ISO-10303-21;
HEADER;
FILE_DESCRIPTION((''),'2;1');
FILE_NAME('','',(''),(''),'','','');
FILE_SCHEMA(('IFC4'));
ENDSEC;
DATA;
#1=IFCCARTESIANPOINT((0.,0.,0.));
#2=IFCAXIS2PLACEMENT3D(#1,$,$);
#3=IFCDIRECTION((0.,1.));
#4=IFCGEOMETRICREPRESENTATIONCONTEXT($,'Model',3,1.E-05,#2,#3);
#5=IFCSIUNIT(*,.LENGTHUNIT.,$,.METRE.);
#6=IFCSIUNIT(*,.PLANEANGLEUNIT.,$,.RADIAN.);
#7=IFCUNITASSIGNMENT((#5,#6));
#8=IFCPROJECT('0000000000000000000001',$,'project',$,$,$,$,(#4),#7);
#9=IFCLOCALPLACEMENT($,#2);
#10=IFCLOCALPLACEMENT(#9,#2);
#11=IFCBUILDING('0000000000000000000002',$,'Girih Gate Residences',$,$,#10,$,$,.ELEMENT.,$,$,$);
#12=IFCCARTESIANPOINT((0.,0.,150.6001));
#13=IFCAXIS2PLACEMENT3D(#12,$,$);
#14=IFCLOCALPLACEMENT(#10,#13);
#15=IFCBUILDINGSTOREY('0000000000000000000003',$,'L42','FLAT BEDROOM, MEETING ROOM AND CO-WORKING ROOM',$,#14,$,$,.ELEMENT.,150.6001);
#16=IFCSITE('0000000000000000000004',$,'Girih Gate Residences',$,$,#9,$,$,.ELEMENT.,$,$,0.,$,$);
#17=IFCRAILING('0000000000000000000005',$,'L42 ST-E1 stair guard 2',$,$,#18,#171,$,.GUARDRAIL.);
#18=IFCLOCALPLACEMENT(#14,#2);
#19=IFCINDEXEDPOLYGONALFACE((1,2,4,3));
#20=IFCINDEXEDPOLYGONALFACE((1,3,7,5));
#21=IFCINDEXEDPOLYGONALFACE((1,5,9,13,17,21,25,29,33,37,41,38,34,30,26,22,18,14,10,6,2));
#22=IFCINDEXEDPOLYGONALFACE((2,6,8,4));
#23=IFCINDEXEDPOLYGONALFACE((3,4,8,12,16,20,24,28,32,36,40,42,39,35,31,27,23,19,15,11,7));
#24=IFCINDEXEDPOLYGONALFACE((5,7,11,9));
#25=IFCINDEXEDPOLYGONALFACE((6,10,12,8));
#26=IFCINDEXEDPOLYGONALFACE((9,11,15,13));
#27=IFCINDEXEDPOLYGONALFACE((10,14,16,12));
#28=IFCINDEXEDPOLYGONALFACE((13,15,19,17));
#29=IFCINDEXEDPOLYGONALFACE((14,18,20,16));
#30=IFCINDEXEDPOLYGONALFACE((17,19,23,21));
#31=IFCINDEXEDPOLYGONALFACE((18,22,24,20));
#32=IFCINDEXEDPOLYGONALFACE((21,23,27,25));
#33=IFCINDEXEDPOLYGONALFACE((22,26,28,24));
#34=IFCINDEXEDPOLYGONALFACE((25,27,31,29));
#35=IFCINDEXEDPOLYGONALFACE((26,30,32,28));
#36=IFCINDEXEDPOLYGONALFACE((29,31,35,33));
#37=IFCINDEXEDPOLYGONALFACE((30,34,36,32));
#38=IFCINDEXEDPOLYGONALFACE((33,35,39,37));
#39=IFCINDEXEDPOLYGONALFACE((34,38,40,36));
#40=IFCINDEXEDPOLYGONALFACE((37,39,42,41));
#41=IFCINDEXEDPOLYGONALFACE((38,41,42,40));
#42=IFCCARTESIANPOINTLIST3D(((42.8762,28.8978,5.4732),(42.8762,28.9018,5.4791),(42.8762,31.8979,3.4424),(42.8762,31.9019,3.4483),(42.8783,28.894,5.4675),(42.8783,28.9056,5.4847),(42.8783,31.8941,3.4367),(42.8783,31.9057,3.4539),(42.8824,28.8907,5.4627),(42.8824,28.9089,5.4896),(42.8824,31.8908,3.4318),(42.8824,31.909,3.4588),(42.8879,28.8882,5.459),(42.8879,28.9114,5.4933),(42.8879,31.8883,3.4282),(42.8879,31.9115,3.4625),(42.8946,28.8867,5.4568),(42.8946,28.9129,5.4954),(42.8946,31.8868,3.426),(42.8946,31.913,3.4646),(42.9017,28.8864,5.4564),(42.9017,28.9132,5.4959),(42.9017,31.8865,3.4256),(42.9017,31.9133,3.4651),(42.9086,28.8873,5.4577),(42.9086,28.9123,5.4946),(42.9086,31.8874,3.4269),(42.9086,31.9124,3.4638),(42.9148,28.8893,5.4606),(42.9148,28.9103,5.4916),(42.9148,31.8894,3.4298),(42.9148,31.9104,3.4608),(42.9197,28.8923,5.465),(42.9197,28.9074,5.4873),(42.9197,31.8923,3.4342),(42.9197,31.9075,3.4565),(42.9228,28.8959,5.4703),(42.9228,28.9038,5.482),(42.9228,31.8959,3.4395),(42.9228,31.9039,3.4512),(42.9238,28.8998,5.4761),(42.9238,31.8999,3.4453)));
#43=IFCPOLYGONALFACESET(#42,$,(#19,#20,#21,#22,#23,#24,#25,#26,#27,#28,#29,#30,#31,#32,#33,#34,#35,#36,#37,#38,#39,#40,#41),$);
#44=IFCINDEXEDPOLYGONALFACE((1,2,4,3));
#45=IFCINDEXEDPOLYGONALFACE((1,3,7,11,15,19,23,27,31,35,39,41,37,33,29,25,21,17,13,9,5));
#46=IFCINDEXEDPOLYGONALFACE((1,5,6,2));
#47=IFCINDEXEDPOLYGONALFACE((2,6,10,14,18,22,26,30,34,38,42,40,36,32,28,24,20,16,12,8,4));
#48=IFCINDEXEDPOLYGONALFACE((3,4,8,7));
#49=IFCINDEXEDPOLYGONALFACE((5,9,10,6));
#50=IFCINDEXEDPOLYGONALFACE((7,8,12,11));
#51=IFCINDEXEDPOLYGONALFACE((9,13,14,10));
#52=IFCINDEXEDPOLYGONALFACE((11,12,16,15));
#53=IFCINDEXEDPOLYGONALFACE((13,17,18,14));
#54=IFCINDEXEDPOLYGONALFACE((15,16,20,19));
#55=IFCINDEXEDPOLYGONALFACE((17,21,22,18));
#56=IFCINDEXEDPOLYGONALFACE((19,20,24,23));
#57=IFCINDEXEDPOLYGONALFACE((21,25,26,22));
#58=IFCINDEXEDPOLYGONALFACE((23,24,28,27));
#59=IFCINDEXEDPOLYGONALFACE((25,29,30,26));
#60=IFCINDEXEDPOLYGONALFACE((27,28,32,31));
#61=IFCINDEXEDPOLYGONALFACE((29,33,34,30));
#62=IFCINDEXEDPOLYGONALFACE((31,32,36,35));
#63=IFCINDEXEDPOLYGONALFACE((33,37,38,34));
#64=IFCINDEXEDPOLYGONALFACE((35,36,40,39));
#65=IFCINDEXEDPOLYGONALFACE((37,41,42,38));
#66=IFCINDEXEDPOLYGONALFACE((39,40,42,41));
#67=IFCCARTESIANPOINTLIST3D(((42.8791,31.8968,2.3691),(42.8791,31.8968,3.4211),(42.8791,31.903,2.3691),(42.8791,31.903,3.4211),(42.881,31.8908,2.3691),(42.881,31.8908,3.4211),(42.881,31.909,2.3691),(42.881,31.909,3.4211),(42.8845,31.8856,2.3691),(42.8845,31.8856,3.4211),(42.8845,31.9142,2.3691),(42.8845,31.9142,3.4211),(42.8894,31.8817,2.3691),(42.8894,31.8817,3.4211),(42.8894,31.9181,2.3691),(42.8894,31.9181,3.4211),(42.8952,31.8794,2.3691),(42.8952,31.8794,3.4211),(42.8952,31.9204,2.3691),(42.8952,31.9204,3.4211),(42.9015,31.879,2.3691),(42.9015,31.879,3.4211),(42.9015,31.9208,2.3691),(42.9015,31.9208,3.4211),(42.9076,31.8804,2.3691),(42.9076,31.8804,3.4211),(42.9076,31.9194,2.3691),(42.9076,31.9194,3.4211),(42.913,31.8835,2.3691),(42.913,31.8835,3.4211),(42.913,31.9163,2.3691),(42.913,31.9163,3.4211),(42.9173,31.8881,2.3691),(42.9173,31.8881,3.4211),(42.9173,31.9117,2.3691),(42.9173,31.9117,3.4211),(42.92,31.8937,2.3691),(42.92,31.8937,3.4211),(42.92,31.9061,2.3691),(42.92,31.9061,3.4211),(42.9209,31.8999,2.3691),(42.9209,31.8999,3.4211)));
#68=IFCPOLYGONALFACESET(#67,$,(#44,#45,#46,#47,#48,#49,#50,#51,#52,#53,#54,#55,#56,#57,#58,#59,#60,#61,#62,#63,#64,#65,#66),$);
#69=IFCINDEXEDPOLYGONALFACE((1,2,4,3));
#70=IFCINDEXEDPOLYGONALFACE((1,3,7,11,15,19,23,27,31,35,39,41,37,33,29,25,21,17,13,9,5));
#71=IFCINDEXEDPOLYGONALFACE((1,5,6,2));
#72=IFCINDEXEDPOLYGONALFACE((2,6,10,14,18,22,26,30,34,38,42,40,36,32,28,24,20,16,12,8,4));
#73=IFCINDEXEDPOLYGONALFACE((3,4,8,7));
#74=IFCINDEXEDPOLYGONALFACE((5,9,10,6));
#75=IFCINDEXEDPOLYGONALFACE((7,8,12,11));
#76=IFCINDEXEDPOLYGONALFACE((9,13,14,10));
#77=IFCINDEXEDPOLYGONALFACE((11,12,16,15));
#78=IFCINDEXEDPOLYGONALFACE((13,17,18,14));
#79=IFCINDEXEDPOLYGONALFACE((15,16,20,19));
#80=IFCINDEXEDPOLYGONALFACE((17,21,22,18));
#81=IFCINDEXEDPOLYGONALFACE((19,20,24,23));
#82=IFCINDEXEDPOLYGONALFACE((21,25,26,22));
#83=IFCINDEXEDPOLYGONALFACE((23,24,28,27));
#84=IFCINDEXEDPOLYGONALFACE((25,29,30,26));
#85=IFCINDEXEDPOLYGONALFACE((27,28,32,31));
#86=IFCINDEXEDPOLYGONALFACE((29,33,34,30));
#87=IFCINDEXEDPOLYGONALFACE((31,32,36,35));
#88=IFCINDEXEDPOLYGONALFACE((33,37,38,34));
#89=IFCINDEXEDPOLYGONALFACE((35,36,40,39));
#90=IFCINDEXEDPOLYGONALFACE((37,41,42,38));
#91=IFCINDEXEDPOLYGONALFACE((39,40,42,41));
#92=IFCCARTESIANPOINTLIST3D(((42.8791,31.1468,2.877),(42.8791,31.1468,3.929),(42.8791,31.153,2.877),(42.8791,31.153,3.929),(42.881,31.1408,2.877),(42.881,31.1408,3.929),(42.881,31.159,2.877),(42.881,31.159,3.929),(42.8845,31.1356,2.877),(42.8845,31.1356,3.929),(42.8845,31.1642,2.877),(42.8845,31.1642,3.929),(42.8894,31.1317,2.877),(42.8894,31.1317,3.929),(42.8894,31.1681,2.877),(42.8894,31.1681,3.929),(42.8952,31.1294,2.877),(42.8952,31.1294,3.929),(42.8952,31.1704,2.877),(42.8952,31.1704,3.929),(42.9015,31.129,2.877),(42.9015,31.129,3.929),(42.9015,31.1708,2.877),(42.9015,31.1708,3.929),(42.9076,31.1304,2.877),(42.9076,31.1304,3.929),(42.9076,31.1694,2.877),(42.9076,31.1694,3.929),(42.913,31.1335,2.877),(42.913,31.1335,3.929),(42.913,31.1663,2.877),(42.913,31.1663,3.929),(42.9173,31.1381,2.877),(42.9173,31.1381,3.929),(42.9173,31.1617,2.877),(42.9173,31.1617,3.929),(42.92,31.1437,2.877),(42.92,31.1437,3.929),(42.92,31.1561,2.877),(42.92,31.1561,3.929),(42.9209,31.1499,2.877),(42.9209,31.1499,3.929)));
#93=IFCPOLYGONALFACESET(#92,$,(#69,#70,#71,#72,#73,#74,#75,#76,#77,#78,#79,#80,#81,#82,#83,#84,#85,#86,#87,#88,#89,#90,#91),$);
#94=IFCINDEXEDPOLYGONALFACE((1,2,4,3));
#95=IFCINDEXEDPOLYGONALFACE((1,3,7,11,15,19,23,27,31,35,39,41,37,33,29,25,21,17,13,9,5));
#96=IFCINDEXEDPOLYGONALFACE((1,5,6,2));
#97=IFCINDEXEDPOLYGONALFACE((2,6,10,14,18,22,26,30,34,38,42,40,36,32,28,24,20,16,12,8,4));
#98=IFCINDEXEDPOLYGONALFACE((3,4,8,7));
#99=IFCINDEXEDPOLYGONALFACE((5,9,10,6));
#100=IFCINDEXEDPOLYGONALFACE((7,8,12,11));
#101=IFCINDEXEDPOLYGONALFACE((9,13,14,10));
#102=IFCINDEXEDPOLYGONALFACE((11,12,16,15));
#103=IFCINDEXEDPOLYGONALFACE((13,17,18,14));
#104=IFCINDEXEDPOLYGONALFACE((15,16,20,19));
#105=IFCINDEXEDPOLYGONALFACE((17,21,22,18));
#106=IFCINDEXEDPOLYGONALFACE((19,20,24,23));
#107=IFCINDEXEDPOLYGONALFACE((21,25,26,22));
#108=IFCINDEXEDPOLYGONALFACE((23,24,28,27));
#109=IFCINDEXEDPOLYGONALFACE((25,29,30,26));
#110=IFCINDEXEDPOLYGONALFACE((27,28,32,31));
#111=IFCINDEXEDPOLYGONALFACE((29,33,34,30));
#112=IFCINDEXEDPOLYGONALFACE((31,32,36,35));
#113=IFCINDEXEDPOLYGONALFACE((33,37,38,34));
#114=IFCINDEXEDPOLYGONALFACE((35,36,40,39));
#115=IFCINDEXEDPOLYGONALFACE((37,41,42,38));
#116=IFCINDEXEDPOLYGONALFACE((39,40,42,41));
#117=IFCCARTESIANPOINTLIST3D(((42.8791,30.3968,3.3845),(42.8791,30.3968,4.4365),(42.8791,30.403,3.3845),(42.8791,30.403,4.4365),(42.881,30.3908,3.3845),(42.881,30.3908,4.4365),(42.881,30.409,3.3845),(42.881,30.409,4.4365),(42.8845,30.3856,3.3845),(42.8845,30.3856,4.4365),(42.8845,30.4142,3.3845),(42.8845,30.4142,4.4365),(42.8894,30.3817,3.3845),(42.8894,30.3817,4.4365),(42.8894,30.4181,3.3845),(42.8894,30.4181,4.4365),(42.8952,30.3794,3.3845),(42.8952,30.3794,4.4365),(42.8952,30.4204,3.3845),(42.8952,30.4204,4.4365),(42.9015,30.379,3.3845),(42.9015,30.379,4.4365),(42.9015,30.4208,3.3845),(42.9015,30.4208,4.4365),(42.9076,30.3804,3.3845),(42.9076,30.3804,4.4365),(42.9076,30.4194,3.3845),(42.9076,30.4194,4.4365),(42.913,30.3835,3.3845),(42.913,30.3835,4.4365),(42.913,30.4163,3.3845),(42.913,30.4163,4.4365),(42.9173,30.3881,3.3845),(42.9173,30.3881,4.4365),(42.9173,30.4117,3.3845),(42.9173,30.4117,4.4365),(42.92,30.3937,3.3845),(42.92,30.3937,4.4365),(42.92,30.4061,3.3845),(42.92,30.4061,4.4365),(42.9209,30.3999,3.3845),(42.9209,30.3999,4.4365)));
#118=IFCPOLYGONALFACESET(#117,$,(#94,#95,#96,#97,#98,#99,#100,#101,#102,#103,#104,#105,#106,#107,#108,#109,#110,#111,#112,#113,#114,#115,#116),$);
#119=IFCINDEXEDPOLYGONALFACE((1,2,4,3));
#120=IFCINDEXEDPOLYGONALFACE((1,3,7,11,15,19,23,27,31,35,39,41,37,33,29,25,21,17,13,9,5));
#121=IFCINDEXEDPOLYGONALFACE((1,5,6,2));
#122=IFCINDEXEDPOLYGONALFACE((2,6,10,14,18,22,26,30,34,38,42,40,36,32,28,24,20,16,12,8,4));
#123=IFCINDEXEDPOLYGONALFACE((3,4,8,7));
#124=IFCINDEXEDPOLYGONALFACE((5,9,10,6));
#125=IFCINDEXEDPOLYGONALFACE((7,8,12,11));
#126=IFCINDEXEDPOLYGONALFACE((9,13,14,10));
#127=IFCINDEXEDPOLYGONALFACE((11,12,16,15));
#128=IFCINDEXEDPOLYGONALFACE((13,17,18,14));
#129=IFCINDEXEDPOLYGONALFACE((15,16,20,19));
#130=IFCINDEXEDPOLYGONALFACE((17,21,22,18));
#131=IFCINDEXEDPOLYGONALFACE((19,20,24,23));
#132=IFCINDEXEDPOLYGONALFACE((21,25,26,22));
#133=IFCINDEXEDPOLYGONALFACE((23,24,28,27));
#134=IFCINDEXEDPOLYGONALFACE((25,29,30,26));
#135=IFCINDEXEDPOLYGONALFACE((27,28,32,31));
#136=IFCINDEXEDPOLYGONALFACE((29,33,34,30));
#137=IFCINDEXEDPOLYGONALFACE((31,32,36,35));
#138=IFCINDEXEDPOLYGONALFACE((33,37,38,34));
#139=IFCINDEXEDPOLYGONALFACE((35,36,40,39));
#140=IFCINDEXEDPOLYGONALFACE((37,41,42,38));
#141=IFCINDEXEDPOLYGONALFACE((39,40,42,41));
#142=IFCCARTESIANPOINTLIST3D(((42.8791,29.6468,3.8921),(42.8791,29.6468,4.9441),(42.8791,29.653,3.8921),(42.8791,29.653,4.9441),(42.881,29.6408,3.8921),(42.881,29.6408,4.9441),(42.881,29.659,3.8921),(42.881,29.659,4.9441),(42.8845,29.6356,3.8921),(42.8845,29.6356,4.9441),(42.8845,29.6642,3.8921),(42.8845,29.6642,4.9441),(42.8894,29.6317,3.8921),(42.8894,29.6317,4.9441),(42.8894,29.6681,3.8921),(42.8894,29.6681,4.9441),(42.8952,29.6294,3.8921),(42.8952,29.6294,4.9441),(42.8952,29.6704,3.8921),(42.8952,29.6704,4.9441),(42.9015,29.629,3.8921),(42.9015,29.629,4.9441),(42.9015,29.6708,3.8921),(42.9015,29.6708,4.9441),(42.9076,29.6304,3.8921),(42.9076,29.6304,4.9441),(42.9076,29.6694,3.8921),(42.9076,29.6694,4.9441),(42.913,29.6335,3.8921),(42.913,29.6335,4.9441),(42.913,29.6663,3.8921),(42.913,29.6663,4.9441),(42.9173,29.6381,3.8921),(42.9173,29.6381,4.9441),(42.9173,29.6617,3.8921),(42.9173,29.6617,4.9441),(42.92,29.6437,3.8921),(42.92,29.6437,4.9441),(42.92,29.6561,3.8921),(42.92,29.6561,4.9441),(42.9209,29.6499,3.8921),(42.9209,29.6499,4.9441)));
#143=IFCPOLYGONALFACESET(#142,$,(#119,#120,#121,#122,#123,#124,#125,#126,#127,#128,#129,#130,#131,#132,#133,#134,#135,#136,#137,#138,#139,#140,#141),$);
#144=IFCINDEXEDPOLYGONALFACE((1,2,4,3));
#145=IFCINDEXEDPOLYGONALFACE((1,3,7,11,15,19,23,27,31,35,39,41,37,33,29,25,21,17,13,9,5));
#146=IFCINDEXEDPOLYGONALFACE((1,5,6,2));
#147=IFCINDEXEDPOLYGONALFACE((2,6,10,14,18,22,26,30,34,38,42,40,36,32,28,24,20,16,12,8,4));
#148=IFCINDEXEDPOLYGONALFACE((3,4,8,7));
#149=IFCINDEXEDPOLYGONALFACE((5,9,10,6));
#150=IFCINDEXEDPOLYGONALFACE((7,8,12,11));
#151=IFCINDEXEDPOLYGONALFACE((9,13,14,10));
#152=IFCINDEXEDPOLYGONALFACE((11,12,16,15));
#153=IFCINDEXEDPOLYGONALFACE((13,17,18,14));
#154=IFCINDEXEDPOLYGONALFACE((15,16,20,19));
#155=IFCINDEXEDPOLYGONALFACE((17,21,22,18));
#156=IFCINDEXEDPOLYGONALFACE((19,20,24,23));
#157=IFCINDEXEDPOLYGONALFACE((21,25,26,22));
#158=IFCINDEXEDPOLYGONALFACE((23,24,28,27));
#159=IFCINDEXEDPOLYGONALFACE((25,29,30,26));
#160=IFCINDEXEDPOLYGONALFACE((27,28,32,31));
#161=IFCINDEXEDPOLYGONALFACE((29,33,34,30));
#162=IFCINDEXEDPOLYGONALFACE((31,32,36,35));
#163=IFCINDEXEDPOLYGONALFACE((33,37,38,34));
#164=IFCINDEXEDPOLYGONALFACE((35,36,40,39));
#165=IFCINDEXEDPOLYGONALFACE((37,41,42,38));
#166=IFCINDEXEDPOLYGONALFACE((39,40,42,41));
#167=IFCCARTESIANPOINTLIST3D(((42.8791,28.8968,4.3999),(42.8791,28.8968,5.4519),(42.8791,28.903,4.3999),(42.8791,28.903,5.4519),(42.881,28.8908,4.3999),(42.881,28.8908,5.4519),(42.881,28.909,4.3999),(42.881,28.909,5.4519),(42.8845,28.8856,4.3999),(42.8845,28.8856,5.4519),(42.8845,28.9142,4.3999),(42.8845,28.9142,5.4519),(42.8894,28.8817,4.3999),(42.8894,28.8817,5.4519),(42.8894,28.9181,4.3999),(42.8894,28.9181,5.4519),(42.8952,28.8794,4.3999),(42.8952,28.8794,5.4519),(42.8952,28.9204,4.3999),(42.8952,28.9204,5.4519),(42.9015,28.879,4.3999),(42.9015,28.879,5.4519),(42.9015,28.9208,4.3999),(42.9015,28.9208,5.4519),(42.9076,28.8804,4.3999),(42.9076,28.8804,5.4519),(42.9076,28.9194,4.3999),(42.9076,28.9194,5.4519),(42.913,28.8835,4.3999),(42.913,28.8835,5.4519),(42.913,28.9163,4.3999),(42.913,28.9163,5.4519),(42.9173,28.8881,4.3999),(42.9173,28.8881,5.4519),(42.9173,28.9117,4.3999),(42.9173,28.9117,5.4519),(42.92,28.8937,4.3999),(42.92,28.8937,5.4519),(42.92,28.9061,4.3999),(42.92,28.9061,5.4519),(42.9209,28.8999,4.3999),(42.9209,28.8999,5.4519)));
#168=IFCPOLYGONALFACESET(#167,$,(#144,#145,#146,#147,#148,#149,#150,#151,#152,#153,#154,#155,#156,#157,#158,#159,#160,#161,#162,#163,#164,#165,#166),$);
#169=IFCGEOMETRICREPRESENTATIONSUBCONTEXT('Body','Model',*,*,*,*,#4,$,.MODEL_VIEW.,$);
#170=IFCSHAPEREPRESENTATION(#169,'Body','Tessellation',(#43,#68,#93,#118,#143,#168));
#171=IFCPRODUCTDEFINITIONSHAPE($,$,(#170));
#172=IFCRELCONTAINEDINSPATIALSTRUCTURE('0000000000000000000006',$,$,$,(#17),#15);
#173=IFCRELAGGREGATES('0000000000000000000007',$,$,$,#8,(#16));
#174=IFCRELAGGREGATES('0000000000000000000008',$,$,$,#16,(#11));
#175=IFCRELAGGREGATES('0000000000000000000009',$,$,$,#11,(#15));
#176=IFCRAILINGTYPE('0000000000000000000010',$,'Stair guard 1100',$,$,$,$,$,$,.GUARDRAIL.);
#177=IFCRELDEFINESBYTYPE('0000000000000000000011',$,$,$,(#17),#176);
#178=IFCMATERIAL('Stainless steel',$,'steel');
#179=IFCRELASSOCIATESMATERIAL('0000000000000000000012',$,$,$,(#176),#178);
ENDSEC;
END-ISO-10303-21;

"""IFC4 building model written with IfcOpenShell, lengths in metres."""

from ifc_helpers import new_model, si_unit, direction, frame, origin, origin_2d, place, context, subcontext, project, spatial, circle, extrude, material, type_object, element, save


model = new_model("IFC4")

# Units and contexts
model_context = context("Model", 3, precision=1e-05, world=origin(), true_north=direction((0.0, 1.0)))
body_context = subcontext(model_context, "Body", "Model", "MODEL_VIEW")
ifc_project = project(units=[si_unit("LENGTHUNIT", "METRE"), si_unit("PLANEANGLEUNIT", "RADIAN")], contexts=[model_context])

# Site, building, storey
site_placement = place(None, origin())
site = spatial("IfcSite", under=ifc_project, at=site_placement, Name="Girih Gate Residences", CompositionType="ELEMENT", RefElevation=0.0)
building_placement = place(site_placement, origin())
building = spatial("IfcBuilding", under=site, at=building_placement, Name="Girih Gate Residences", CompositionType="ELEMENT")
storey_placement = place(building_placement, frame((0.0, 0.0, 150.6001)))
storey = spatial("IfcBuildingStorey", under=building, at=storey_placement, Name="L42", Description="FLAT BEDROOM, MEETING ROOM AND CO-WORKING ROOM", CompositionType="ELEMENT", Elevation=150.6001)

# Railing
ifc_material_1 = material(Name="Stainless steel", Category="steel")
railing_type_1 = type_object("IfcRailingType", Name="Stair guard 1100", PredefinedType="GUARDRAIL", material=ifc_material_1)
railing_1_placement = place(storey_placement, frame((42.8999, 31.8999, 2.3691)))
element("IfcRailing", 1, at=railing_1_placement, inside=storey, type_object=railing_type_1, Name="L42 ST-E1 stair guard 2", PredefinedType="GUARDRAIL", context=body_context, shape_type="SweptSolid", body=[
    extrude(circle(Radius=0.0239, at=origin_2d()), frame((0.0, 0.0, 1.0762), z_axis=(0.0, -0.82811, 0.560565), x_axis=(1.0, 0.0, 0.0)), (0.0, 0.0, 1.0), 3.6228),
    extrude(circle(Radius=0.021, at=origin_2d()), origin(), (0.0, 0.0, 1.0), 1.052),
    extrude(circle(Radius=0.021, at=origin_2d()), frame((0.0, -0.75, 0.5078)), (0.0, 0.0, 1.0), 1.052),
    extrude(circle(Radius=0.021, at=origin_2d()), frame((0.0, -1.5, 1.0154)), (0.0, 0.0, 1.0), 1.052),
    extrude(circle(Radius=0.021, at=origin_2d()), frame((0.0, -2.25, 1.5229)), (0.0, 0.0, 1.0), 1.052),
    extrude(circle(Radius=0.021, at=origin_2d()), frame((0.0, -3.0, 2.0308)), (0.0, 0.0, 1.0), 1.052),
])

save(model, "model.ifc")
